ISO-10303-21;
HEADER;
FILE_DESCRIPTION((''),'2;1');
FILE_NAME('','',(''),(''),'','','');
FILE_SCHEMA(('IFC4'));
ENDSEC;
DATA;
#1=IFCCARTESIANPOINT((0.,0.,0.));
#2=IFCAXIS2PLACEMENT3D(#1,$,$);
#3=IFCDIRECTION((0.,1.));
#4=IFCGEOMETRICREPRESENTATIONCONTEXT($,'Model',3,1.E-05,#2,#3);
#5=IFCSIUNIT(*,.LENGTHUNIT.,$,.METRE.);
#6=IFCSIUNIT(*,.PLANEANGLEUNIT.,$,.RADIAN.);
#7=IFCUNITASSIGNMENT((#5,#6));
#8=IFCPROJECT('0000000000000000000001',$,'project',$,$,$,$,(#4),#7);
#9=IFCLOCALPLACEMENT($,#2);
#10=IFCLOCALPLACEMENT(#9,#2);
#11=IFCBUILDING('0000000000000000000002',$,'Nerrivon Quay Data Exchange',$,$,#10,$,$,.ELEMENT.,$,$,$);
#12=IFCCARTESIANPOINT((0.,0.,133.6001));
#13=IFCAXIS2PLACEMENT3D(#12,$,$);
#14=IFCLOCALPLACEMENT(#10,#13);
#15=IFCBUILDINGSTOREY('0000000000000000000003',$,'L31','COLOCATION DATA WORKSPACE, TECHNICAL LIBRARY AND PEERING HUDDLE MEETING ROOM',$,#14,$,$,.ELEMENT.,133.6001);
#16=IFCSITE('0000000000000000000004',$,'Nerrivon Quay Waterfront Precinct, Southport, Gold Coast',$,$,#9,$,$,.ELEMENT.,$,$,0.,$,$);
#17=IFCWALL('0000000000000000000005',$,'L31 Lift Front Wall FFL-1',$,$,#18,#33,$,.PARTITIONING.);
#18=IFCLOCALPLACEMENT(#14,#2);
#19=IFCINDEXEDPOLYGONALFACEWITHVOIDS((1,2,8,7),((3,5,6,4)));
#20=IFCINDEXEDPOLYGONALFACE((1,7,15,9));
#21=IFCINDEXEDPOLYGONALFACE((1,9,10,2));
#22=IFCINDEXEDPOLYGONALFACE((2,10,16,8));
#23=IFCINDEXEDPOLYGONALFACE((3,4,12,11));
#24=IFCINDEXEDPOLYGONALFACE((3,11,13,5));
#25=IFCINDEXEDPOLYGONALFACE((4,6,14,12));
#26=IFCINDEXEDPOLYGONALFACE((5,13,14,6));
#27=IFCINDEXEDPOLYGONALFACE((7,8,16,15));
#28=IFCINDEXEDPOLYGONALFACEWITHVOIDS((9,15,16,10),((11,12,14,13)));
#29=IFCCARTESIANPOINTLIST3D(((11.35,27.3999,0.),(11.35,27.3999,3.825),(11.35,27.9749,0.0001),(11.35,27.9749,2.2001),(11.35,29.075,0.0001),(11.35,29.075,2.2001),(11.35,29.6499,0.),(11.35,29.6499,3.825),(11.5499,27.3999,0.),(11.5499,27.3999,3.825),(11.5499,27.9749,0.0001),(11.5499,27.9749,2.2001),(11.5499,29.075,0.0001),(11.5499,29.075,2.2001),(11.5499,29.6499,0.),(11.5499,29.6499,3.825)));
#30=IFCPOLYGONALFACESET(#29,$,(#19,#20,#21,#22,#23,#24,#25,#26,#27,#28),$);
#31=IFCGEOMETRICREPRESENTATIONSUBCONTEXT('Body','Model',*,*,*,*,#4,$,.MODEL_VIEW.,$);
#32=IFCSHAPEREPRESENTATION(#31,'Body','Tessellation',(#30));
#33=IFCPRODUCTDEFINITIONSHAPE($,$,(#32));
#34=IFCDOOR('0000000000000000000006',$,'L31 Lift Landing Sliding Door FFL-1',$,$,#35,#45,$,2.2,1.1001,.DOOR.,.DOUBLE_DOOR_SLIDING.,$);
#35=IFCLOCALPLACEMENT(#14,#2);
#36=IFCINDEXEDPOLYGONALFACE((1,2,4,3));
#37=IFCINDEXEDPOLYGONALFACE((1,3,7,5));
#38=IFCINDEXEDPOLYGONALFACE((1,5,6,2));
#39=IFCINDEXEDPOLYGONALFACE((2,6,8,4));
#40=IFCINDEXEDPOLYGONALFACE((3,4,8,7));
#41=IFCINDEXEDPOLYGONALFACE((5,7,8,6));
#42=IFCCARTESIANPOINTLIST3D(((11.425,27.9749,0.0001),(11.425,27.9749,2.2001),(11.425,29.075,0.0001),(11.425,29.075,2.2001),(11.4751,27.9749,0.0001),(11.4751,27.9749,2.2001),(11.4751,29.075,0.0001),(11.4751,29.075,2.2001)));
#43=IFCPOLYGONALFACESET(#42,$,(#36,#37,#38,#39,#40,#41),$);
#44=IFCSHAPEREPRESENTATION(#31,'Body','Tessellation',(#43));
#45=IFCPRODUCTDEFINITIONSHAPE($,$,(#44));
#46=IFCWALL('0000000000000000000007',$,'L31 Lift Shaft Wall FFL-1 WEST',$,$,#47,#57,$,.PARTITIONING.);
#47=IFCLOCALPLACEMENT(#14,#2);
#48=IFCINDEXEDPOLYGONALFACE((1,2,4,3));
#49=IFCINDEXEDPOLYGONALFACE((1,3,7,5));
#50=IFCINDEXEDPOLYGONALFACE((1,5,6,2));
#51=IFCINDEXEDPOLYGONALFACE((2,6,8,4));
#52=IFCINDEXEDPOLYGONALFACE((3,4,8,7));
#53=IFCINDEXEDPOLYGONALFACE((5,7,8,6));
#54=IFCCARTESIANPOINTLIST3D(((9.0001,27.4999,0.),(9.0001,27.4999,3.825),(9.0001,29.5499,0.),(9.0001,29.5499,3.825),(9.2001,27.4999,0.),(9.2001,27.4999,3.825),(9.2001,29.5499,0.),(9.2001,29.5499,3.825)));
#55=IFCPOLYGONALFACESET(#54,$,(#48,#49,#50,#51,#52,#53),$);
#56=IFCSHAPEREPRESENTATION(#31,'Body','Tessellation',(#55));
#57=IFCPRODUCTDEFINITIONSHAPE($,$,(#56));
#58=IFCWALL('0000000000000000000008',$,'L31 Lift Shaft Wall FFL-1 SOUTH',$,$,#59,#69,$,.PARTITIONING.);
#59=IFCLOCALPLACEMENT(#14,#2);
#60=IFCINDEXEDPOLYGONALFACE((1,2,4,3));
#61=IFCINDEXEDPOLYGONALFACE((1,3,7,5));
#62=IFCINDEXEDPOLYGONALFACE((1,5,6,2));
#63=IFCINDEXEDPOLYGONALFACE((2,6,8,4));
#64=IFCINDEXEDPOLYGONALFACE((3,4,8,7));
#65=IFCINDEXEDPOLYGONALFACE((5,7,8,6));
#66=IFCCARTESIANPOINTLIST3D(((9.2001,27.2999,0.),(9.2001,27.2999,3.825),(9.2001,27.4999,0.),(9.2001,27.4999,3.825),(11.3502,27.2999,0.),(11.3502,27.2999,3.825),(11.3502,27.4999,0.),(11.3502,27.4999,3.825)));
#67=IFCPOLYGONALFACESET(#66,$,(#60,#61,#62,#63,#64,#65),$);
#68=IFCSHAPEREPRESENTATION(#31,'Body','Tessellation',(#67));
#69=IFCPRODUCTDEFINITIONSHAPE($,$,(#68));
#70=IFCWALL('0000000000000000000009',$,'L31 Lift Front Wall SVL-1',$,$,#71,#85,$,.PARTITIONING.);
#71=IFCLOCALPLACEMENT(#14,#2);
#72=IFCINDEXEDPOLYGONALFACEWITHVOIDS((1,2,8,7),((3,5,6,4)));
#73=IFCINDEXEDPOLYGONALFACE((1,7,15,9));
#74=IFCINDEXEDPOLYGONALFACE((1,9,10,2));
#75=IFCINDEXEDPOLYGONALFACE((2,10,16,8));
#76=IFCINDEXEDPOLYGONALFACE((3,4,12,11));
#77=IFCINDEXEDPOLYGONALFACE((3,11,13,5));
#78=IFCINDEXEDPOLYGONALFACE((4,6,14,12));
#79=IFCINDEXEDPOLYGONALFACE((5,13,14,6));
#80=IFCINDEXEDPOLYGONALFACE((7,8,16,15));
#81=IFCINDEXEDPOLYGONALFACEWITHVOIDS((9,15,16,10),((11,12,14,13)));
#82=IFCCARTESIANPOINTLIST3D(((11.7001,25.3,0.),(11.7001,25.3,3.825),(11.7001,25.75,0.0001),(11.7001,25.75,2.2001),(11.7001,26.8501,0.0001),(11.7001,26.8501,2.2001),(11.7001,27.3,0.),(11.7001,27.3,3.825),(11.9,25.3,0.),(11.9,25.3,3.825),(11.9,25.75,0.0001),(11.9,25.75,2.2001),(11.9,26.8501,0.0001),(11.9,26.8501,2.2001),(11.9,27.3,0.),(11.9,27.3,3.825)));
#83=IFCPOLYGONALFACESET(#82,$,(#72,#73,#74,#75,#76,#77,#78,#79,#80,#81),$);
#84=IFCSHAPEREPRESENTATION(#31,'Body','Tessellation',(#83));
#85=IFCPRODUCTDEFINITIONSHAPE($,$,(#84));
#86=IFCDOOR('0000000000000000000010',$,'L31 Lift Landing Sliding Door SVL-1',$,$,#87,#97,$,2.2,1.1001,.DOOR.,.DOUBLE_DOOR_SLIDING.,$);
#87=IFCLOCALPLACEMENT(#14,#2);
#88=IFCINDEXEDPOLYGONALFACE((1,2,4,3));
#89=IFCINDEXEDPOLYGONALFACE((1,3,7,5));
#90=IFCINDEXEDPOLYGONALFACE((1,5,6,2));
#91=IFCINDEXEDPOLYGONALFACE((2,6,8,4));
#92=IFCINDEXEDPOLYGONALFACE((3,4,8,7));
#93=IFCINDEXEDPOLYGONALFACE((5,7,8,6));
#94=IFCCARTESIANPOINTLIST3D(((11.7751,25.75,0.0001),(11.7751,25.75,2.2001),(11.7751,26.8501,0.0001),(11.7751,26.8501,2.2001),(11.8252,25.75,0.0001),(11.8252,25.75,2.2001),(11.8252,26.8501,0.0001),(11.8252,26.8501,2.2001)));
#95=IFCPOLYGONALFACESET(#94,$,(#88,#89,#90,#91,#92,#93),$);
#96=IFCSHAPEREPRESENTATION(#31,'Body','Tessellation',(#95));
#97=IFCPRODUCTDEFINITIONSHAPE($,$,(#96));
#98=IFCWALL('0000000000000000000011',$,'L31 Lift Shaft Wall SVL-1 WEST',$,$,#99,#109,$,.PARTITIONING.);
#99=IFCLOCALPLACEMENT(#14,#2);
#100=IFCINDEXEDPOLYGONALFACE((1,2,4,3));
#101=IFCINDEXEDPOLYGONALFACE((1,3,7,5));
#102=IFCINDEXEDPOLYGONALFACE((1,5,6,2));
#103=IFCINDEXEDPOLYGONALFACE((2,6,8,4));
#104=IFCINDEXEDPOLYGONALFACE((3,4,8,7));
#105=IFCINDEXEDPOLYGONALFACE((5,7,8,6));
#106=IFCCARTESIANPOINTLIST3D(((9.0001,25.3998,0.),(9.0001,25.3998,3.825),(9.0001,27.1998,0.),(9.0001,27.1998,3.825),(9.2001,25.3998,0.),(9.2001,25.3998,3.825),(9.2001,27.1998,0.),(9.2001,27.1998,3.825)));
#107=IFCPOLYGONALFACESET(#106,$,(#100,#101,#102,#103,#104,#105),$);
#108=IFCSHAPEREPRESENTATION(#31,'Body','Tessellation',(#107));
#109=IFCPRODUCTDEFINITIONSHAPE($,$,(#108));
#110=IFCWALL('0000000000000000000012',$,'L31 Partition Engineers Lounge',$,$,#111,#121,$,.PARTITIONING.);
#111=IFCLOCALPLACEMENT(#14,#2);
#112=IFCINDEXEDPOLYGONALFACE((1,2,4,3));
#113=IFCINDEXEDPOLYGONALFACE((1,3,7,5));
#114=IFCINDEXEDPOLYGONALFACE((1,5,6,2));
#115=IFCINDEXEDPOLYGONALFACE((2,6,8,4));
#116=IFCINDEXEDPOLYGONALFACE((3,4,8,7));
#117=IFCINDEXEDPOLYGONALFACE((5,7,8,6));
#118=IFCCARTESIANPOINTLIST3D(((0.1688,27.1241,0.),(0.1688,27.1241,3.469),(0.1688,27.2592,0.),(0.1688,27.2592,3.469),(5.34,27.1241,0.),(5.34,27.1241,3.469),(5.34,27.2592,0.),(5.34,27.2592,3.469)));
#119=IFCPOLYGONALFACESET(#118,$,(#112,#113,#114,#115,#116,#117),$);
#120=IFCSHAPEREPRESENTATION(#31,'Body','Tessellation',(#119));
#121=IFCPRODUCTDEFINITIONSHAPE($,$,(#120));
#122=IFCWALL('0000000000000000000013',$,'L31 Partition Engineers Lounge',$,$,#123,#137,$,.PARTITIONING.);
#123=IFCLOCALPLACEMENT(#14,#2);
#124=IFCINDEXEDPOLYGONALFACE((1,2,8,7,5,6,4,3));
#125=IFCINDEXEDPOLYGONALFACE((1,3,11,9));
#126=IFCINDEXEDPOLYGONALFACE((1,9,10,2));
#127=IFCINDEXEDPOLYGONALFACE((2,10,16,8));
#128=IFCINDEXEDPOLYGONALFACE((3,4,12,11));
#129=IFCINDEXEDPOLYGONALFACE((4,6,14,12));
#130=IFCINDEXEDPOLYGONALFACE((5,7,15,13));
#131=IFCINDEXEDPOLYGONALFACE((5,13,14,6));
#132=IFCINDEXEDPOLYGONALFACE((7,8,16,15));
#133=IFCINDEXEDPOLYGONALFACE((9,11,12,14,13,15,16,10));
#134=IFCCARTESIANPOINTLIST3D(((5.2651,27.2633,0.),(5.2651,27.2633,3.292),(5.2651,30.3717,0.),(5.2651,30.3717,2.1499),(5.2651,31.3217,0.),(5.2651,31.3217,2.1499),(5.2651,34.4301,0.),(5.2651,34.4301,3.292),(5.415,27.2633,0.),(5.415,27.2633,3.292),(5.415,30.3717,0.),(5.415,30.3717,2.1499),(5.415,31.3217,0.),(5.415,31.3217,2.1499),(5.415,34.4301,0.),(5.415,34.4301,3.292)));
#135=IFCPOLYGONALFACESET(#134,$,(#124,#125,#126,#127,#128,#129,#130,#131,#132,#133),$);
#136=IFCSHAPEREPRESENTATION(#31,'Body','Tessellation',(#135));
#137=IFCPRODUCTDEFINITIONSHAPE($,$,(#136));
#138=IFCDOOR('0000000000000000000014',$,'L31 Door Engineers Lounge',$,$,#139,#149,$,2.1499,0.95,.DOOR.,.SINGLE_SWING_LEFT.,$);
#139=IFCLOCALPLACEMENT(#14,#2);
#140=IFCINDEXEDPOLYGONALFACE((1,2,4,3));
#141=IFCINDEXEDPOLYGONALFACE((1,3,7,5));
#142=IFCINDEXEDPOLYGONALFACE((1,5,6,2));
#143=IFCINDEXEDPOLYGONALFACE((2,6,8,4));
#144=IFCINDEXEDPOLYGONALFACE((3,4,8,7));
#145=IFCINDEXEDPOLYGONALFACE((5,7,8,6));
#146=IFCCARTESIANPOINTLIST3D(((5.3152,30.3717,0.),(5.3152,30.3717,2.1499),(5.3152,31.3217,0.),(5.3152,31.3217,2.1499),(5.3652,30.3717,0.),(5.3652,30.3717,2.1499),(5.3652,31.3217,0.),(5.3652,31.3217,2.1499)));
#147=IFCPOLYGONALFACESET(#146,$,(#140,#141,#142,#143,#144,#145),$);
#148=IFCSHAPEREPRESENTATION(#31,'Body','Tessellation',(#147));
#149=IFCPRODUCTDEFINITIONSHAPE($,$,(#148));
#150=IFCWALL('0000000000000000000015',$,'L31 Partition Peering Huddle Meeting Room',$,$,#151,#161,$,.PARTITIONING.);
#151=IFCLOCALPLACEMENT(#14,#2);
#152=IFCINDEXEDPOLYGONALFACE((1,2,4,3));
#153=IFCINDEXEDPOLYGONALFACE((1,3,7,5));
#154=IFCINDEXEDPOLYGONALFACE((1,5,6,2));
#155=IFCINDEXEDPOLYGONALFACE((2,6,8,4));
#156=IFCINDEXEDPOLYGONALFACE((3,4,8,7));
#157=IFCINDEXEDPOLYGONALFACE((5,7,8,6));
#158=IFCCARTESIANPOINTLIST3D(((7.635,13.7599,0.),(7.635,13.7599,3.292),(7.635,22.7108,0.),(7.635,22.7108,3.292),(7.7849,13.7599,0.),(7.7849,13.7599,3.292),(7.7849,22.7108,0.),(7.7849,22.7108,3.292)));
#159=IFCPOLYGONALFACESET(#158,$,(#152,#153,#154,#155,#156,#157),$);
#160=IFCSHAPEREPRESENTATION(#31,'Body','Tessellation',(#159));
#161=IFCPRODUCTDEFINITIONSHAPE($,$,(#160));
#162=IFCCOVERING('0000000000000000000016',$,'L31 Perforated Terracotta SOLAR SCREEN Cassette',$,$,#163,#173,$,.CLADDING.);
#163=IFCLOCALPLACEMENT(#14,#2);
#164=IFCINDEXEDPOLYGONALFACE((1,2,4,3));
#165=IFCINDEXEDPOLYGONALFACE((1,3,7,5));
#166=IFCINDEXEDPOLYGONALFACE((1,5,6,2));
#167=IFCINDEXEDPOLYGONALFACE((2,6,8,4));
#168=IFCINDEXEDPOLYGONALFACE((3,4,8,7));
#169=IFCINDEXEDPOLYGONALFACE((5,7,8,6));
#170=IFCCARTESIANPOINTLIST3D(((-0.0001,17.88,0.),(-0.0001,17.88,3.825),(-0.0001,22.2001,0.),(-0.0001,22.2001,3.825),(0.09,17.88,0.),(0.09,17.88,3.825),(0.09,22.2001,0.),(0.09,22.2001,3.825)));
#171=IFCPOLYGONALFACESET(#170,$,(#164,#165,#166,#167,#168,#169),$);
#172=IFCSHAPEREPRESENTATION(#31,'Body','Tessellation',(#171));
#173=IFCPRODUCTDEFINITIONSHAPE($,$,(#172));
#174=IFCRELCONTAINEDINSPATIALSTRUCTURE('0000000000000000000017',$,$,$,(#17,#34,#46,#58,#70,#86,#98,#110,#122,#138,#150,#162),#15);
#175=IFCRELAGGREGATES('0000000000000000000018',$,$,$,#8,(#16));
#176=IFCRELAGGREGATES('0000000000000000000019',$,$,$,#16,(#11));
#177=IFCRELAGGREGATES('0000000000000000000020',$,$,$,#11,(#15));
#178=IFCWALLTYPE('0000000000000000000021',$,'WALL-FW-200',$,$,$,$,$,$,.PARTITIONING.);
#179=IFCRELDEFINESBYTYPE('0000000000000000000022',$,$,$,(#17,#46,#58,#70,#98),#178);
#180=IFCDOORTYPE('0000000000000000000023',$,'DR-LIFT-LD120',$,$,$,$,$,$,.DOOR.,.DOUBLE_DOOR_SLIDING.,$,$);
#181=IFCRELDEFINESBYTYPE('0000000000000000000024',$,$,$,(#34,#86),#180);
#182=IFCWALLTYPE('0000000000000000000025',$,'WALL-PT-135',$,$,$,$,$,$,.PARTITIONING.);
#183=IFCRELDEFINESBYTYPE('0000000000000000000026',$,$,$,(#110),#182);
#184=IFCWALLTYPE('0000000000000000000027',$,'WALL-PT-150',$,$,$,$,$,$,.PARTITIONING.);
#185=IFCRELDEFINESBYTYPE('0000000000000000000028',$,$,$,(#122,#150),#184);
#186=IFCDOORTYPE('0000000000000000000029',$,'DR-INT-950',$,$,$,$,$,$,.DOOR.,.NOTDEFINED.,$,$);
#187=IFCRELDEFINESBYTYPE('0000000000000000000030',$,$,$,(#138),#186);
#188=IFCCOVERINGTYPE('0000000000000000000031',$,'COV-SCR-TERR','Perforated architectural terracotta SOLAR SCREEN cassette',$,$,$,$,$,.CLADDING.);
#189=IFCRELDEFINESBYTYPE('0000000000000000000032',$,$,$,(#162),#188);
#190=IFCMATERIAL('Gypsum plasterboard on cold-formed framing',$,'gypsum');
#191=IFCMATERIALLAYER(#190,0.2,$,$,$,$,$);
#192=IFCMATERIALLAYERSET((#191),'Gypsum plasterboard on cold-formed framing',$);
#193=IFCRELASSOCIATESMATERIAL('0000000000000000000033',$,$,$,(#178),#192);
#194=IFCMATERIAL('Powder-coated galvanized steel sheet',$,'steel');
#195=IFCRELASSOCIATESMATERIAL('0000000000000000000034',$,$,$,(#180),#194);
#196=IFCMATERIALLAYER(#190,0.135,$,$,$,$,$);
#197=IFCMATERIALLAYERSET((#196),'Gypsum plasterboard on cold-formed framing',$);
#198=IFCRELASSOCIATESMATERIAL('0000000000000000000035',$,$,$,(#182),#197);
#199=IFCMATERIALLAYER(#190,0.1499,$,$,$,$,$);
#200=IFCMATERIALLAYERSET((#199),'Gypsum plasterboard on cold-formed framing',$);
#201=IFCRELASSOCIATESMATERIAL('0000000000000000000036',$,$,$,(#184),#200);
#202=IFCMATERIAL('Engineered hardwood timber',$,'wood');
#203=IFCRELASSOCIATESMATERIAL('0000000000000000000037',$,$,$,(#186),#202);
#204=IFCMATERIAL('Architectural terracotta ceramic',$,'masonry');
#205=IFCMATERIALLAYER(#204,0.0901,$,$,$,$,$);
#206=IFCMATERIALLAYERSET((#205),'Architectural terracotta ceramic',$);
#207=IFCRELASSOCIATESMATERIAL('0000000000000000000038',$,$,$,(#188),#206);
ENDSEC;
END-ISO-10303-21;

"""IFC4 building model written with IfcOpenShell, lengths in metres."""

from ifc_helpers import new_model, si_unit, direction, frame, frame_2d, origin, origin_2d, place, context, subcontext, project, spatial, rectangle, extrude, material, layer, layer_set, type_object, element, fill, save


model = new_model("IFC4")

# Units and contexts
model_context = context("Model", 3, precision=1e-05, world=origin(), true_north=direction((0.0, 1.0)))
body_context = subcontext(model_context, "Body", "Model", "MODEL_VIEW")
ifc_project = project(units=[si_unit("LENGTHUNIT", "METRE"), si_unit("PLANEANGLEUNIT", "RADIAN")], contexts=[model_context])

# Site, building, storey
site_placement = place(None, origin())
site = spatial("IfcSite", under=ifc_project, at=site_placement, Name="Nerrivon Quay Waterfront Precinct, Southport, Gold Coast", CompositionType="ELEMENT", RefElevation=0.0)
building_placement = place(site_placement, origin())
building = spatial("IfcBuilding", under=site, at=building_placement, Name="Nerrivon Quay Data Exchange", CompositionType="ELEMENT")
storey_placement = place(building_placement, frame((0.0, 0.0, 133.6001)))
storey = spatial("IfcBuildingStorey", under=building, at=storey_placement, Name="L31", Description="COLOCATION DATA WORKSPACE, TECHNICAL LIBRARY AND PEERING HUDDLE MEETING ROOM", CompositionType="ELEMENT", Elevation=133.6001)

# Wall, opening, door
ifc_material_1 = material(Name="Powder-coated galvanized steel sheet", Category="steel")
ifc_material_2 = material(Name="Gypsum plasterboard on cold-formed framing", Category="gypsum")
ifc_layer_1 = layer(ifc_material_2, 0.2)
ifc_layer_set_1 = layer_set([ifc_layer_1], Name="Gypsum plasterboard on cold-formed framing")
wall_type_1 = type_object("IfcWallType", Name="WALL-FW-200", PredefinedType="PARTITIONING", material=ifc_layer_set_1)
wall_1_placement = place(storey_placement, frame((11.45, 27.3999, 0.0), z_axis=(0.0, 0.0, 1.0), x_axis=(0.0, 1.0, 0.0)))
wall_1 = element("IfcWall", 1, at=wall_1_placement, inside=storey, type_object=wall_type_1, Name="L31 Lift Front Wall FFL-1", PredefinedType="PARTITIONING", context=body_context, shape_type="SweptSolid", body=[
    extrude(rectangle(XDim=2.25, YDim=0.2, at=frame_2d((1.125, 0.0))), origin(), (0.0, 0.0, 1.0), 3.825),
])
opening_1_placement = place(wall_1_placement, frame((0.575, 0.0, 0.0)))
opening_1 = element("IfcOpeningElement", 2, at=opening_1_placement, cuts=wall_1, PredefinedType="OPENING", context=body_context, shape_type="SweptSolid", body=[
    extrude(rectangle(XDim=1.1001, YDim=2.2, at=frame_2d((0.55, 1.1001))), frame((0.0, 0.1099, 0.0), z_axis=(0.0, -1.0, 0.0), x_axis=(1.0, 0.0, 0.0)), (0.0, 0.0, 1.0), 0.22),
])
door_type_1 = type_object("IfcDoorType", Name="DR-LIFT-LD120", OperationType="DOUBLE_DOOR_SLIDING", PredefinedType="DOOR", material=ifc_material_1)
door_1_placement = place(opening_1_placement, origin())
door_1 = element("IfcDoor", 3, at=door_1_placement, inside=storey, type_object=door_type_1, Name="L31 Lift Landing Sliding Door FFL-1", OperationType="DOUBLE_DOOR_SLIDING", OverallHeight=2.2, OverallWidth=1.1001, PredefinedType="DOOR", context=body_context, shape_type="SweptSolid", body=[
    extrude(rectangle(XDim=1.1001, YDim=2.2, at=frame_2d((0.55, 1.1001))), frame((0.0, 0.0249, 0.0), z_axis=(0.0, -1.0, 0.0), x_axis=(1.0, 0.0, 0.0)), (0.0, 0.0, 1.0), 0.05),
])
fill(opening_1, door_1)

# Walls
wall_2_placement = place(storey_placement, frame((9.1001, 27.5, 0.0), z_axis=(0.0, 0.0, 1.0), x_axis=(0.0, 1.0, 0.0)))
element("IfcWall", 4, at=wall_2_placement, inside=storey, type_object=wall_type_1, Name="L31 Lift Shaft Wall FFL-1 WEST", PredefinedType="PARTITIONING", context=body_context, shape_type="SweptSolid", body=[
    extrude(rectangle(XDim=2.05, YDim=0.2, at=frame_2d((1.0249, 0.0))), origin(), (0.0, 0.0, 1.0), 3.825),
])
wall_3_placement = place(storey_placement, frame((9.2, 27.3999, 0.0), z_axis=(0.0, 0.0, 1.0), x_axis=(1.0, 0.0, 0.0)))
element("IfcWall", 5, at=wall_3_placement, inside=storey, type_object=wall_type_1, Name="L31 Lift Shaft Wall FFL-1 SOUTH", PredefinedType="PARTITIONING", context=body_context, shape_type="SweptSolid", body=[
    extrude(rectangle(XDim=2.1501, YDim=0.2, at=frame_2d((1.0752, 0.0))), origin(), (0.0, 0.0, 1.0), 3.825),
])

# Wall, opening, door
wall_4_placement = place(storey_placement, frame((11.8, 25.3, 0.0), z_axis=(0.0, 0.0, 1.0), x_axis=(0.0, 1.0, 0.0)))
wall_4 = element("IfcWall", 6, at=wall_4_placement, inside=storey, type_object=wall_type_1, Name="L31 Lift Front Wall SVL-1", PredefinedType="PARTITIONING", context=body_context, shape_type="SweptSolid", body=[
    extrude(rectangle(XDim=2.0, YDim=0.2, at=frame_2d((1.0, 0.0))), origin(), (0.0, 0.0, 1.0), 3.825),
])
opening_2_placement = place(wall_4_placement, frame((0.45, 0.0, 0.0)))
opening_2 = element("IfcOpeningElement", 7, at=opening_2_placement, cuts=wall_4, PredefinedType="OPENING", context=body_context, shape_type="SweptSolid", body=[
    extrude(rectangle(XDim=1.1001, YDim=2.2, at=frame_2d((0.55, 1.1001))), frame((0.0, 0.1099, 0.0), z_axis=(0.0, -1.0, 0.0), x_axis=(1.0, 0.0, 0.0)), (0.0, 0.0, 1.0), 0.22),
])
door_2_placement = place(opening_2_placement, origin())
door_2 = element("IfcDoor", 8, at=door_2_placement, inside=storey, type_object=door_type_1, Name="L31 Lift Landing Sliding Door SVL-1", OperationType="DOUBLE_DOOR_SLIDING", OverallHeight=2.2, OverallWidth=1.1001, PredefinedType="DOOR", context=body_context, shape_type="SweptSolid", body=[
    extrude(rectangle(XDim=1.1001, YDim=2.2, at=frame_2d((0.55, 1.1001))), frame((0.0, 0.0249, 0.0), z_axis=(0.0, -1.0, 0.0), x_axis=(1.0, 0.0, 0.0)), (0.0, 0.0, 1.0), 0.05),
])
fill(opening_2, door_2)

# Walls
wall_5_placement = place(storey_placement, frame((9.1001, 25.3999, 0.0), z_axis=(0.0, 0.0, 1.0), x_axis=(0.0, 1.0, 0.0)))
element("IfcWall", 9, at=wall_5_placement, inside=storey, type_object=wall_type_1, Name="L31 Lift Shaft Wall SVL-1 WEST", PredefinedType="PARTITIONING", context=body_context, shape_type="SweptSolid", body=[
    extrude(rectangle(XDim=1.8, YDim=0.2, at=frame_2d((0.8999, 0.0))), origin(), (0.0, 0.0, 1.0), 3.825),
])
ifc_layer_2 = layer(ifc_material_2, 0.135)
ifc_layer_set_2 = layer_set([ifc_layer_2], Name="Gypsum plasterboard on cold-formed framing")
wall_type_2 = type_object("IfcWallType", Name="WALL-PT-135", PredefinedType="PARTITIONING", material=ifc_layer_set_2)
wall_6_placement = place(storey_placement, frame((0.1689, 27.1917, 0.0), z_axis=(0.0, 0.0, 1.0), x_axis=(1.0, 0.0, 0.0)))
element("IfcWall", 10, at=wall_6_placement, inside=storey, type_object=wall_type_2, Name="L31 Partition Engineers Lounge", PredefinedType="PARTITIONING", context=body_context, shape_type="SweptSolid", body=[
    extrude(rectangle(XDim=5.1711, YDim=0.135, at=frame_2d((2.5854, 0.0))), origin(), (0.0, 0.0, 1.0), 3.469),
])

# Wall, opening, door
ifc_layer_3 = layer(ifc_material_2, 0.1499)
ifc_layer_set_3 = layer_set([ifc_layer_3], Name="Gypsum plasterboard on cold-formed framing")
wall_type_3 = type_object("IfcWallType", Name="WALL-PT-150", PredefinedType="PARTITIONING", material=ifc_layer_set_3)
wall_7_placement = place(storey_placement, frame((5.3401, 27.2632, 0.0), z_axis=(0.0, 0.0, 1.0), x_axis=(0.0, 1.0, 0.0)))
wall_7 = element("IfcWall", 11, at=wall_7_placement, inside=storey, type_object=wall_type_3, Name="L31 Partition Engineers Lounge", PredefinedType="PARTITIONING", context=body_context, shape_type="SweptSolid", body=[
    extrude(rectangle(XDim=7.1667, YDim=0.1499, at=frame_2d((3.5835, 0.0))), origin(), (0.0, 0.0, 1.0), 3.292),
])
opening_3_placement = place(wall_7_placement, frame((3.1084, 0.0, 0.0)))
opening_3 = element("IfcOpeningElement", 12, at=opening_3_placement, cuts=wall_7, PredefinedType="OPENING", context=body_context, shape_type="SweptSolid", body=[
    extrude(rectangle(XDim=0.95, YDim=2.1499, at=frame_2d((0.4751, 1.075))), frame((0.0, 0.085, 0.0), z_axis=(0.0, -1.0, 0.0), x_axis=(1.0, 0.0, 0.0)), (0.0, 0.0, 1.0), 0.1699),
])
ifc_material_3 = material(Name="Engineered hardwood timber", Category="wood")
door_type_2 = type_object("IfcDoorType", Name="DR-INT-950", OperationType="NOTDEFINED", PredefinedType="DOOR", material=ifc_material_3)
door_3_placement = place(opening_3_placement, origin())
door_3 = element("IfcDoor", 13, at=door_3_placement, inside=storey, type_object=door_type_2, Name="L31 Door Engineers Lounge", OperationType="SINGLE_SWING_LEFT", OverallHeight=2.1499, OverallWidth=0.95, PredefinedType="DOOR", context=body_context, shape_type="SweptSolid", body=[
    extrude(rectangle(XDim=0.95, YDim=2.1499, at=frame_2d((0.4751, 1.075))), frame((0.0, 0.0249, 0.0), z_axis=(0.0, -1.0, 0.0), x_axis=(1.0, 0.0, 0.0)), (0.0, 0.0, 1.0), 0.05),
])
fill(opening_3, door_3)

# Wall
wall_8_placement = place(storey_placement, frame((7.71, 22.7109, 0.0), z_axis=(0.0, 0.0, 1.0), x_axis=(0.0, -1.0, 0.0)))
element("IfcWall", 14, at=wall_8_placement, inside=storey, type_object=wall_type_3, Name="L31 Partition Peering Huddle Meeting Room", PredefinedType="PARTITIONING", context=body_context, shape_type="SweptSolid", body=[
    extrude(rectangle(XDim=8.9509, YDim=0.1499, at=frame_2d((4.4756, 0.0))), origin(), (0.0, 0.0, 1.0), 3.292),
])

# Covering
ifc_material_4 = material(Name="Architectural terracotta ceramic", Category="masonry")
ifc_layer_4 = layer(ifc_material_4, 0.0901)
ifc_layer_set_4 = layer_set([ifc_layer_4], Name="Architectural terracotta ceramic")
covering_type = type_object("IfcCoveringType", Name="COV-SCR-TERR", Description="Perforated architectural terracotta SOLAR SCREEN cassette", PredefinedType="CLADDING", material=ifc_layer_set_4)
covering_placement = place(storey_placement, frame((0.0449, 20.04, 0.0), z_axis=(0.0, 0.0, 1.0), x_axis=(0.0, 1.0, 0.0)))
element("IfcCovering", 15, at=covering_placement, inside=storey, type_object=covering_type, Name="L31 Perforated Terracotta SOLAR SCREEN Cassette", PredefinedType="CLADDING", context=body_context, shape_type="SweptSolid", body=[
    extrude(rectangle(XDim=4.3201, YDim=0.0901, at=origin_2d()), origin(), (0.0, 0.0, 1.0), 3.825),
])

save(model, "model.ifc")
